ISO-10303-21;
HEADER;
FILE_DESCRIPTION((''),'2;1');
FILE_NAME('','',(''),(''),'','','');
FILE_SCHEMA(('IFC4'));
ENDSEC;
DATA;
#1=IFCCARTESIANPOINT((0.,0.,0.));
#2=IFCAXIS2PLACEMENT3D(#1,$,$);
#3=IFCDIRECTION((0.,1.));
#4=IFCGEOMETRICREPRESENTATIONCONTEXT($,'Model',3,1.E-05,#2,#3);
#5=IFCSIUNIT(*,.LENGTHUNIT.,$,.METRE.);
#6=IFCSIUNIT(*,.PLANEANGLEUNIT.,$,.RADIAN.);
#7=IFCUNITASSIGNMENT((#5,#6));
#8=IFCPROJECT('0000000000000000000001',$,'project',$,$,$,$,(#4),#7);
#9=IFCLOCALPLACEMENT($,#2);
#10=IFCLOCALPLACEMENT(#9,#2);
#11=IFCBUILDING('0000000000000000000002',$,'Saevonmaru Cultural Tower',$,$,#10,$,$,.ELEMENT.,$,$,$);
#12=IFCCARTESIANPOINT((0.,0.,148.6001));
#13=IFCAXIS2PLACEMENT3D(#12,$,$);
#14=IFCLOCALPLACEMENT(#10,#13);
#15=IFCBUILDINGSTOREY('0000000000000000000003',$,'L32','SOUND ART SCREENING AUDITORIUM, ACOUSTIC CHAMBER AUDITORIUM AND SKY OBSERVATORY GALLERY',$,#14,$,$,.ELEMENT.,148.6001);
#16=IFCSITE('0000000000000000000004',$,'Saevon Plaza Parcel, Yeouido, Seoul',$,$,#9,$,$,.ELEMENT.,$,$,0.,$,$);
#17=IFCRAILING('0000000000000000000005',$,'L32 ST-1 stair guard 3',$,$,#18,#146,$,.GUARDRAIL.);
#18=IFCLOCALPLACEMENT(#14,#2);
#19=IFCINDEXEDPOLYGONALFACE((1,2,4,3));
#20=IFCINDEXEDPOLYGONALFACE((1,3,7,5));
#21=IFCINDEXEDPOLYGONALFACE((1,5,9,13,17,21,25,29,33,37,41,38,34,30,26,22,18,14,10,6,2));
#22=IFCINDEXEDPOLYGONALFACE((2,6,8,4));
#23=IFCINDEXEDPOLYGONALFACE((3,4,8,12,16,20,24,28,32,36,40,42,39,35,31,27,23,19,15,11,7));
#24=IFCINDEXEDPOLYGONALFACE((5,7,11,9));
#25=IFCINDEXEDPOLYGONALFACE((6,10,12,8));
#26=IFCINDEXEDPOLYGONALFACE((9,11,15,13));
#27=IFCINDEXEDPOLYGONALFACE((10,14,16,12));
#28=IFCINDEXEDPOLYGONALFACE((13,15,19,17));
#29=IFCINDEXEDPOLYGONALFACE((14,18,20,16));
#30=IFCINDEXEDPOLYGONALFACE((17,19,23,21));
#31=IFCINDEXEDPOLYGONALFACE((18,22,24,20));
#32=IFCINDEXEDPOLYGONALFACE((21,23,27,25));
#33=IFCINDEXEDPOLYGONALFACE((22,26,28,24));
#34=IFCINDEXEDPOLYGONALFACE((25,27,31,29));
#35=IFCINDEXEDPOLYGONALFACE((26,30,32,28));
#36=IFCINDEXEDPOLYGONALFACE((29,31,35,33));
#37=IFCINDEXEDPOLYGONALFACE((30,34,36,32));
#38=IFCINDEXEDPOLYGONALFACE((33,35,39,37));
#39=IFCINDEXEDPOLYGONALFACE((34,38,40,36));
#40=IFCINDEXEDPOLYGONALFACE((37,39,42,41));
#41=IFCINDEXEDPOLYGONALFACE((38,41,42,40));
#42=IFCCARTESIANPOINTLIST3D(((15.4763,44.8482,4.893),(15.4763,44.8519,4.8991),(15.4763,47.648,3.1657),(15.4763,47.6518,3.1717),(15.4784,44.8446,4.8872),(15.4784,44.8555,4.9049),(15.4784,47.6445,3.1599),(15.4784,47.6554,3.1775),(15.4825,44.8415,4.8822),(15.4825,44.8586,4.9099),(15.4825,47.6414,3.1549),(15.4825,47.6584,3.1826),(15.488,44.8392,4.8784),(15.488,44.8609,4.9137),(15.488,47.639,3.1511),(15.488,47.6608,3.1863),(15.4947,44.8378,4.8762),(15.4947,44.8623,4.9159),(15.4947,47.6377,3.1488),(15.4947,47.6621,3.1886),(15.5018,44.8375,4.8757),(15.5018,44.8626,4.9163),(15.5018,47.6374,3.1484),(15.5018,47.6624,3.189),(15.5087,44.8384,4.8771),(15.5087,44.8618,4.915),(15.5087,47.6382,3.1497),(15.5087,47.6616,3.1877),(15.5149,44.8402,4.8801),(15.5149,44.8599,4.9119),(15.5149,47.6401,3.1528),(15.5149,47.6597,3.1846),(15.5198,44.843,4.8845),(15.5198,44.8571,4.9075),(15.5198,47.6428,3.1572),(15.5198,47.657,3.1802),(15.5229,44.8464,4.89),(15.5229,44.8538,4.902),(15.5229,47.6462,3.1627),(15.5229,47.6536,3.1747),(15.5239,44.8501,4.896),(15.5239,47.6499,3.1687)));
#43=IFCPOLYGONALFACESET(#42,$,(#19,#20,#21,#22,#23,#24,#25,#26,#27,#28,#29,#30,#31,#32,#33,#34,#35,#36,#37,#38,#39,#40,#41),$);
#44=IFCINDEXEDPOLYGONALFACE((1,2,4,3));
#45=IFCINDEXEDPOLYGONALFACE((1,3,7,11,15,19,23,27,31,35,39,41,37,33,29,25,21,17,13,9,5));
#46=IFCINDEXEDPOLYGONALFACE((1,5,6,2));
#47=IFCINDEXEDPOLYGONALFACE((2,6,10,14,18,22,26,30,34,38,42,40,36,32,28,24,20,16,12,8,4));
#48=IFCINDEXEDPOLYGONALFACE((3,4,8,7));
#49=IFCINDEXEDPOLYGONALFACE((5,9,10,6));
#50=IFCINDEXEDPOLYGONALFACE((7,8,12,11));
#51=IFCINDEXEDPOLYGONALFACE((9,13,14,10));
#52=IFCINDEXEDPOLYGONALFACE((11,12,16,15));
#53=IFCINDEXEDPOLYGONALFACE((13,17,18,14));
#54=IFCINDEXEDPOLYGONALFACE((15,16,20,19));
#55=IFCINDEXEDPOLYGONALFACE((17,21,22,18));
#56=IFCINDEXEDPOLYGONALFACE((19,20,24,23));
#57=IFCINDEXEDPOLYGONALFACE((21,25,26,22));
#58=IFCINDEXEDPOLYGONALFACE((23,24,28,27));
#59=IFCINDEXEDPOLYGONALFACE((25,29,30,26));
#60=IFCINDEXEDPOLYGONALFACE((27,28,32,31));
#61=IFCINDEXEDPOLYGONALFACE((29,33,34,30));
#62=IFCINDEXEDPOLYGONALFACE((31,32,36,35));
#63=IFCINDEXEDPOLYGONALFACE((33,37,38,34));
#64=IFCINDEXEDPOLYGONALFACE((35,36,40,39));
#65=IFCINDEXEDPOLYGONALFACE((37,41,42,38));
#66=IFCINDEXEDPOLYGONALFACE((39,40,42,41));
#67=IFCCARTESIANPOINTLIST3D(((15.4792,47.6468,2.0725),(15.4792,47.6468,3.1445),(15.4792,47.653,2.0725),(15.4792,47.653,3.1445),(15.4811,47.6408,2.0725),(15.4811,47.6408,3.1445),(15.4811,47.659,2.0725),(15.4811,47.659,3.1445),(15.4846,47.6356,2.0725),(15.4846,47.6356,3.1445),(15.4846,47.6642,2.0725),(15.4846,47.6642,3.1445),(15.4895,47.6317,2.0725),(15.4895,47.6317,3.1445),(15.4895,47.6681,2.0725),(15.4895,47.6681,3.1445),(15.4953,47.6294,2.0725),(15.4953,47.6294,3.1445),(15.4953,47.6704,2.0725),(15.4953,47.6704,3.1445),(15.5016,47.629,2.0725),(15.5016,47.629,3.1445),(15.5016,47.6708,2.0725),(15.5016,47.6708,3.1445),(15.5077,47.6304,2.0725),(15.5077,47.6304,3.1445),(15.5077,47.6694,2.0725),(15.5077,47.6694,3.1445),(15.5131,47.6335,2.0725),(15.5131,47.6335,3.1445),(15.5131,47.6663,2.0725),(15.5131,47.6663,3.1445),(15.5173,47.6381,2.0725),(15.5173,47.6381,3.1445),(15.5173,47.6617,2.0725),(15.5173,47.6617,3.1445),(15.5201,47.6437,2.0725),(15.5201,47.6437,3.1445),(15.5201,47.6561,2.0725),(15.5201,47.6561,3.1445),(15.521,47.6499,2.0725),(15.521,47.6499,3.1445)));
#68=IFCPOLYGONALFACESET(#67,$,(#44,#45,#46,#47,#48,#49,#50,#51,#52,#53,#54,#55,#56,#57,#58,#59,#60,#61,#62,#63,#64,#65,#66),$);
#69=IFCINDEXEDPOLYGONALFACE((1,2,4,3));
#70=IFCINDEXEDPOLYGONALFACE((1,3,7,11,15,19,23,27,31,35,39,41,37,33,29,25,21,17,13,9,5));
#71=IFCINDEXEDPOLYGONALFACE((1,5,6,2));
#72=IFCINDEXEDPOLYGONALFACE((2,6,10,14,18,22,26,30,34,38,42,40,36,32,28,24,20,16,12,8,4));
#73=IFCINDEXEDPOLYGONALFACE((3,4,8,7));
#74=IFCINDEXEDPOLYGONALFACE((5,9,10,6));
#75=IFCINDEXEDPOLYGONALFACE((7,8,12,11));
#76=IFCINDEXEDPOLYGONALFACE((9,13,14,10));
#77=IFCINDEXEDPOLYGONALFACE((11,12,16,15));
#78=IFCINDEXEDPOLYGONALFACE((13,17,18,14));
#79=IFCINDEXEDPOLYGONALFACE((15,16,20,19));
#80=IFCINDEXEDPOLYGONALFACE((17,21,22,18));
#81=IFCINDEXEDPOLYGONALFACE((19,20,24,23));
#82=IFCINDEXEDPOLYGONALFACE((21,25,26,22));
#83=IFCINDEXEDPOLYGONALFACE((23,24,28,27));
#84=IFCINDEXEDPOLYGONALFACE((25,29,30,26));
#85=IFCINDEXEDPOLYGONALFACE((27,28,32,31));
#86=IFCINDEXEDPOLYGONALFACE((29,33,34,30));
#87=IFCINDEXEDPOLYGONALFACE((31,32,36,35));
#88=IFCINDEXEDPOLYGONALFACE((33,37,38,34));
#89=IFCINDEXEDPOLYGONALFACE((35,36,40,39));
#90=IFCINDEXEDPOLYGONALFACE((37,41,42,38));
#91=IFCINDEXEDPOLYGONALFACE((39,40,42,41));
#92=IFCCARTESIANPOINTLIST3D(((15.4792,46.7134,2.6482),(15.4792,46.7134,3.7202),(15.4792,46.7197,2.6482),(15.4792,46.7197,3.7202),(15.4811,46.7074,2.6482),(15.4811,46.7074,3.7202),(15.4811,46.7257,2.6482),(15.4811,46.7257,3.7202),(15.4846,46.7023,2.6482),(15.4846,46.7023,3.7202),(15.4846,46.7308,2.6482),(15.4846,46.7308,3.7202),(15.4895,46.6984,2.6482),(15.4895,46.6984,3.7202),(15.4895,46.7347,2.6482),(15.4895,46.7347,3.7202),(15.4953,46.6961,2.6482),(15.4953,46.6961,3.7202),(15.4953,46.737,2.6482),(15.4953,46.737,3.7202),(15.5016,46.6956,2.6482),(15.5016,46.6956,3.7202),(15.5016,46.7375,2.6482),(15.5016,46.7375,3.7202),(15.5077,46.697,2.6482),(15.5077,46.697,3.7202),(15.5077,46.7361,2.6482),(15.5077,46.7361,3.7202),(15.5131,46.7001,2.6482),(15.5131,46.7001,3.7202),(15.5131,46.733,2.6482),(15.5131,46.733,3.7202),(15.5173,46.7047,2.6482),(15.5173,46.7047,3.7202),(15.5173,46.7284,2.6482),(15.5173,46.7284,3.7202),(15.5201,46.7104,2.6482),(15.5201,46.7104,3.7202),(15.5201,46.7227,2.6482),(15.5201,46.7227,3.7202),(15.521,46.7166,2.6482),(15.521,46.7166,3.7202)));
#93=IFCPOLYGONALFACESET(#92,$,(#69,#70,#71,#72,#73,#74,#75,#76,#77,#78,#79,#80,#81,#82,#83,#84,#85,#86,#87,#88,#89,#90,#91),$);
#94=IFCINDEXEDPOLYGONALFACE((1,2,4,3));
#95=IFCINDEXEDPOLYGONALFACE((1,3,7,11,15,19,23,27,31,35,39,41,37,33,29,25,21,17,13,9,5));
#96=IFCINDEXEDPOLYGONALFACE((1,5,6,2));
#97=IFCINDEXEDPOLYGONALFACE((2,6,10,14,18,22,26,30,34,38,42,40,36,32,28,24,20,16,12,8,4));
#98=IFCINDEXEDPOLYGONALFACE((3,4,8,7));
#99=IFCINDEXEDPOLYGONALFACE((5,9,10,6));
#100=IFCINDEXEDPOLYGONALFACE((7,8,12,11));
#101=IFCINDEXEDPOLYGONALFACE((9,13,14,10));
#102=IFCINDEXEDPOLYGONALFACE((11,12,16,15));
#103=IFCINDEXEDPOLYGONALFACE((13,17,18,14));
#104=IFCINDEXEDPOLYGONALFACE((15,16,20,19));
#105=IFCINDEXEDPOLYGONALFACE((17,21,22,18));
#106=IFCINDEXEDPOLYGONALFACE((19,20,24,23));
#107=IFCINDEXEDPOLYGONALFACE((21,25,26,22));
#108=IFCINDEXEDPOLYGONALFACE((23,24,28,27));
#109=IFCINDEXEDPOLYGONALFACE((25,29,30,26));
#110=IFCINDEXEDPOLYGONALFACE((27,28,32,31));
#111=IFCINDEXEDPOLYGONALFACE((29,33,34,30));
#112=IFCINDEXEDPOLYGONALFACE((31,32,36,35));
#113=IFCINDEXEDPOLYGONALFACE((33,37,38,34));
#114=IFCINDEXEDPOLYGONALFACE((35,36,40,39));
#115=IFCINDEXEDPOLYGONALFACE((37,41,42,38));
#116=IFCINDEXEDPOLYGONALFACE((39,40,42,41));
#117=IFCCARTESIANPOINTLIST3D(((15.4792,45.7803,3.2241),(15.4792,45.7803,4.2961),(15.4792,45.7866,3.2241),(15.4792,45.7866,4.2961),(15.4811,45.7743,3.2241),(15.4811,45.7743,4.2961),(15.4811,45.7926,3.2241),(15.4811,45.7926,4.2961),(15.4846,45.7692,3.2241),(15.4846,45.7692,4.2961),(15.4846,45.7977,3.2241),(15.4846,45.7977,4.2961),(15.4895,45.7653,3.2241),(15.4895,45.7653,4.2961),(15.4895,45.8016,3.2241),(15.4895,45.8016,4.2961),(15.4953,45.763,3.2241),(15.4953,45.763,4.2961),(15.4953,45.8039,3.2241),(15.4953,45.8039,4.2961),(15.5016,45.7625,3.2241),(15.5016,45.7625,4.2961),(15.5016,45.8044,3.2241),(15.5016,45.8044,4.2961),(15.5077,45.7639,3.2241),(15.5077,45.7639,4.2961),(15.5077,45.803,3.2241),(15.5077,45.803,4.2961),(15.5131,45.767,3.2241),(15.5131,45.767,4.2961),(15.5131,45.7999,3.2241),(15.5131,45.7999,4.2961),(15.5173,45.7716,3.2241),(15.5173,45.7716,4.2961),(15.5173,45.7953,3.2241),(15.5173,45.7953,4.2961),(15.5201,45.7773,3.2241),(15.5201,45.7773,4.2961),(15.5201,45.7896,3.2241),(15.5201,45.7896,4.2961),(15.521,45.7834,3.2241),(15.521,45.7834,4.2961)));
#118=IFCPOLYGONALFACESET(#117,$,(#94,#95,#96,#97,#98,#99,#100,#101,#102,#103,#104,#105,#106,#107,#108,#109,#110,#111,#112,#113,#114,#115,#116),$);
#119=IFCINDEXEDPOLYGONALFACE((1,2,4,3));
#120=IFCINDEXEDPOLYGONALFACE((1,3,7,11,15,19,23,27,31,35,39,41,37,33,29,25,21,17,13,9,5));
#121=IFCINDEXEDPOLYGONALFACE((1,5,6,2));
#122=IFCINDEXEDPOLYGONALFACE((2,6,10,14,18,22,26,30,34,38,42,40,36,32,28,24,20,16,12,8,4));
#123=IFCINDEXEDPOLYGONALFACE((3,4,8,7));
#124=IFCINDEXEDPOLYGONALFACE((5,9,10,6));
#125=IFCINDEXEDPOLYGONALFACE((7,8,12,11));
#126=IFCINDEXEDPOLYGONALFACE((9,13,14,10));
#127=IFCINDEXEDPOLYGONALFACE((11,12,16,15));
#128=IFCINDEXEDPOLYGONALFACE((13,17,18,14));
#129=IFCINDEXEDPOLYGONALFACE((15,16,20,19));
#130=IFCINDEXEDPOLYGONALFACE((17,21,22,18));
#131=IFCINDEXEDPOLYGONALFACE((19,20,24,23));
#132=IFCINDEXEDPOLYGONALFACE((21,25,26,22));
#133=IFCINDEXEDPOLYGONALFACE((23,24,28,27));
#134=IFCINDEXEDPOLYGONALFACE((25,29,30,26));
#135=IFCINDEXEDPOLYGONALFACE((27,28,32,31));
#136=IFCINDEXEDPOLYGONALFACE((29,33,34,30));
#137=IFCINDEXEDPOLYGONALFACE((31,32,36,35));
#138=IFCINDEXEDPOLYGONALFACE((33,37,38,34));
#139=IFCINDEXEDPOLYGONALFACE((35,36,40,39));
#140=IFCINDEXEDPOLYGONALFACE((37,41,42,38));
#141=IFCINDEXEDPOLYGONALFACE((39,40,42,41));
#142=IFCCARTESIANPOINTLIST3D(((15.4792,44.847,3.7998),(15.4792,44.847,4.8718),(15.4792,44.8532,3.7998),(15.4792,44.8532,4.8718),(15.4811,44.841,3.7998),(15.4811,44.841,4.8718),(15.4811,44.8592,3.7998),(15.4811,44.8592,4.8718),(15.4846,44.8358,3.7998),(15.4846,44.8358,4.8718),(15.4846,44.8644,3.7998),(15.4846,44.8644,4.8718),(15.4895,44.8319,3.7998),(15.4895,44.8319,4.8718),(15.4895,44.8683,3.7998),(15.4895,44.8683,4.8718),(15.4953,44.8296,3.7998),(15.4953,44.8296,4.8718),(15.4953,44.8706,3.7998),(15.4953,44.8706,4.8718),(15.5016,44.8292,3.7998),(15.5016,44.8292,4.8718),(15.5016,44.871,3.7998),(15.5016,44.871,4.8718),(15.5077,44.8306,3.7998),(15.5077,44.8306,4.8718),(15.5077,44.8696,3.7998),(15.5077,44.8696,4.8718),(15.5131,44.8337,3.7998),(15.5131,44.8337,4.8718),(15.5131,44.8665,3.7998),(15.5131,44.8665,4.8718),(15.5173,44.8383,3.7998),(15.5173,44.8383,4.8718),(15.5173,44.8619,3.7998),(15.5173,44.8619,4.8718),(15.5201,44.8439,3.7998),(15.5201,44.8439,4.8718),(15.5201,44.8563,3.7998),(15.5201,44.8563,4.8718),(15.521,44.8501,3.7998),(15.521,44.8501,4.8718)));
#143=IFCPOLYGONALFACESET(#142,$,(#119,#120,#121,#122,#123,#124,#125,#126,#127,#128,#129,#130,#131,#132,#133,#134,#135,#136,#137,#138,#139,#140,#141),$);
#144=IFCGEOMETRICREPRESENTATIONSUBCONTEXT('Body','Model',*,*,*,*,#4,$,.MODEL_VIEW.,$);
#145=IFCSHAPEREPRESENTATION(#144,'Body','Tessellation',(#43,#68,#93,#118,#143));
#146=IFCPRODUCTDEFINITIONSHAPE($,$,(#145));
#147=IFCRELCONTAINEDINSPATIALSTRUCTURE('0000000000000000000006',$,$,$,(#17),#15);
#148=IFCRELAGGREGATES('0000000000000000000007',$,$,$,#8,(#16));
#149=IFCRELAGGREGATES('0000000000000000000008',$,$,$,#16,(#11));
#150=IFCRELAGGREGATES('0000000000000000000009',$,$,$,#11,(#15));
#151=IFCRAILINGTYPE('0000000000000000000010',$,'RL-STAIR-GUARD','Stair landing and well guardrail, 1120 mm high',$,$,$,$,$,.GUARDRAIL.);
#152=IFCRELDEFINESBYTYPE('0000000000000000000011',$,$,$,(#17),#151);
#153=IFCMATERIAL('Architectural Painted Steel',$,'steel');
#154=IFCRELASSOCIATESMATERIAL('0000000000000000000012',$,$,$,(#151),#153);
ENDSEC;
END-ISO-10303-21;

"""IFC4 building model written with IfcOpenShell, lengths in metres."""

from ifc_helpers import new_model, si_unit, direction, frame, origin, origin_2d, place, context, subcontext, project, spatial, circle, extrude, material, type_object, element, save


model = new_model("IFC4")

# Units and contexts
model_context = context("Model", 3, precision=1e-05, world=origin(), true_north=direction((0.0, 1.0)))
body_context = subcontext(model_context, "Body", "Model", "MODEL_VIEW")
ifc_project = project(units=[si_unit("LENGTHUNIT", "METRE"), si_unit("PLANEANGLEUNIT", "RADIAN")], contexts=[model_context])

# Site, building, storey
site_placement = place(None, origin())
site = spatial("IfcSite", under=ifc_project, at=site_placement, Name="Saevon Plaza Parcel, Yeouido, Seoul", CompositionType="ELEMENT", RefElevation=0.0)
building_placement = place(site_placement, origin())
building = spatial("IfcBuilding", under=site, at=building_placement, Name="Saevonmaru Cultural Tower", CompositionType="ELEMENT")
storey_placement = place(building_placement, frame((0.0, 0.0, 148.6001)))
storey = spatial("IfcBuildingStorey", under=building, at=storey_placement, Name="L32", Description="SOUND ART SCREENING AUDITORIUM, ACOUSTIC CHAMBER AUDITORIUM AND SKY OBSERVATORY GALLERY", CompositionType="ELEMENT", Elevation=148.6001)

# Railing
ifc_material_1 = material(Name="Architectural Painted Steel", Category="steel")
railing_type_1 = type_object("IfcRailingType", Name="RL-STAIR-GUARD", Description="Stair landing and well guardrail, 1120 mm high", PredefinedType="GUARDRAIL", material=ifc_material_1)
railing_1_placement = place(storey_placement, frame((15.5, 47.6499, 2.0725)))
element("IfcRailing", 1, at=railing_1_placement, inside=storey, type_object=railing_type_1, Name="L32 ST-1 stair guard 3", PredefinedType="GUARDRAIL", context=body_context, shape_type="SweptSolid", body=[
    extrude(circle(Radius=0.0239, at=origin_2d()), frame((0.0, 0.0, 1.0962), z_axis=(0.0, -0.851069, 0.525054), x_axis=(1.0, 0.0, 0.0)), (0.0, 0.0, 1.0), 3.2898),
    extrude(circle(Radius=0.021, at=origin_2d()), origin(), (0.0, 0.0, 1.0), 1.072),
    extrude(circle(Radius=0.021, at=origin_2d()), frame((0.0, -0.9333, 0.5757)), (0.0, 0.0, 1.0), 1.072),
    extrude(circle(Radius=0.021, at=origin_2d()), frame((0.0, -1.8665, 1.1516)), (0.0, 0.0, 1.0), 1.072),
    extrude(circle(Radius=0.021, at=origin_2d()), frame((0.0, -2.7998, 1.7273)), (0.0, 0.0, 1.0), 1.072),
])

save(model, "model.ifc")
